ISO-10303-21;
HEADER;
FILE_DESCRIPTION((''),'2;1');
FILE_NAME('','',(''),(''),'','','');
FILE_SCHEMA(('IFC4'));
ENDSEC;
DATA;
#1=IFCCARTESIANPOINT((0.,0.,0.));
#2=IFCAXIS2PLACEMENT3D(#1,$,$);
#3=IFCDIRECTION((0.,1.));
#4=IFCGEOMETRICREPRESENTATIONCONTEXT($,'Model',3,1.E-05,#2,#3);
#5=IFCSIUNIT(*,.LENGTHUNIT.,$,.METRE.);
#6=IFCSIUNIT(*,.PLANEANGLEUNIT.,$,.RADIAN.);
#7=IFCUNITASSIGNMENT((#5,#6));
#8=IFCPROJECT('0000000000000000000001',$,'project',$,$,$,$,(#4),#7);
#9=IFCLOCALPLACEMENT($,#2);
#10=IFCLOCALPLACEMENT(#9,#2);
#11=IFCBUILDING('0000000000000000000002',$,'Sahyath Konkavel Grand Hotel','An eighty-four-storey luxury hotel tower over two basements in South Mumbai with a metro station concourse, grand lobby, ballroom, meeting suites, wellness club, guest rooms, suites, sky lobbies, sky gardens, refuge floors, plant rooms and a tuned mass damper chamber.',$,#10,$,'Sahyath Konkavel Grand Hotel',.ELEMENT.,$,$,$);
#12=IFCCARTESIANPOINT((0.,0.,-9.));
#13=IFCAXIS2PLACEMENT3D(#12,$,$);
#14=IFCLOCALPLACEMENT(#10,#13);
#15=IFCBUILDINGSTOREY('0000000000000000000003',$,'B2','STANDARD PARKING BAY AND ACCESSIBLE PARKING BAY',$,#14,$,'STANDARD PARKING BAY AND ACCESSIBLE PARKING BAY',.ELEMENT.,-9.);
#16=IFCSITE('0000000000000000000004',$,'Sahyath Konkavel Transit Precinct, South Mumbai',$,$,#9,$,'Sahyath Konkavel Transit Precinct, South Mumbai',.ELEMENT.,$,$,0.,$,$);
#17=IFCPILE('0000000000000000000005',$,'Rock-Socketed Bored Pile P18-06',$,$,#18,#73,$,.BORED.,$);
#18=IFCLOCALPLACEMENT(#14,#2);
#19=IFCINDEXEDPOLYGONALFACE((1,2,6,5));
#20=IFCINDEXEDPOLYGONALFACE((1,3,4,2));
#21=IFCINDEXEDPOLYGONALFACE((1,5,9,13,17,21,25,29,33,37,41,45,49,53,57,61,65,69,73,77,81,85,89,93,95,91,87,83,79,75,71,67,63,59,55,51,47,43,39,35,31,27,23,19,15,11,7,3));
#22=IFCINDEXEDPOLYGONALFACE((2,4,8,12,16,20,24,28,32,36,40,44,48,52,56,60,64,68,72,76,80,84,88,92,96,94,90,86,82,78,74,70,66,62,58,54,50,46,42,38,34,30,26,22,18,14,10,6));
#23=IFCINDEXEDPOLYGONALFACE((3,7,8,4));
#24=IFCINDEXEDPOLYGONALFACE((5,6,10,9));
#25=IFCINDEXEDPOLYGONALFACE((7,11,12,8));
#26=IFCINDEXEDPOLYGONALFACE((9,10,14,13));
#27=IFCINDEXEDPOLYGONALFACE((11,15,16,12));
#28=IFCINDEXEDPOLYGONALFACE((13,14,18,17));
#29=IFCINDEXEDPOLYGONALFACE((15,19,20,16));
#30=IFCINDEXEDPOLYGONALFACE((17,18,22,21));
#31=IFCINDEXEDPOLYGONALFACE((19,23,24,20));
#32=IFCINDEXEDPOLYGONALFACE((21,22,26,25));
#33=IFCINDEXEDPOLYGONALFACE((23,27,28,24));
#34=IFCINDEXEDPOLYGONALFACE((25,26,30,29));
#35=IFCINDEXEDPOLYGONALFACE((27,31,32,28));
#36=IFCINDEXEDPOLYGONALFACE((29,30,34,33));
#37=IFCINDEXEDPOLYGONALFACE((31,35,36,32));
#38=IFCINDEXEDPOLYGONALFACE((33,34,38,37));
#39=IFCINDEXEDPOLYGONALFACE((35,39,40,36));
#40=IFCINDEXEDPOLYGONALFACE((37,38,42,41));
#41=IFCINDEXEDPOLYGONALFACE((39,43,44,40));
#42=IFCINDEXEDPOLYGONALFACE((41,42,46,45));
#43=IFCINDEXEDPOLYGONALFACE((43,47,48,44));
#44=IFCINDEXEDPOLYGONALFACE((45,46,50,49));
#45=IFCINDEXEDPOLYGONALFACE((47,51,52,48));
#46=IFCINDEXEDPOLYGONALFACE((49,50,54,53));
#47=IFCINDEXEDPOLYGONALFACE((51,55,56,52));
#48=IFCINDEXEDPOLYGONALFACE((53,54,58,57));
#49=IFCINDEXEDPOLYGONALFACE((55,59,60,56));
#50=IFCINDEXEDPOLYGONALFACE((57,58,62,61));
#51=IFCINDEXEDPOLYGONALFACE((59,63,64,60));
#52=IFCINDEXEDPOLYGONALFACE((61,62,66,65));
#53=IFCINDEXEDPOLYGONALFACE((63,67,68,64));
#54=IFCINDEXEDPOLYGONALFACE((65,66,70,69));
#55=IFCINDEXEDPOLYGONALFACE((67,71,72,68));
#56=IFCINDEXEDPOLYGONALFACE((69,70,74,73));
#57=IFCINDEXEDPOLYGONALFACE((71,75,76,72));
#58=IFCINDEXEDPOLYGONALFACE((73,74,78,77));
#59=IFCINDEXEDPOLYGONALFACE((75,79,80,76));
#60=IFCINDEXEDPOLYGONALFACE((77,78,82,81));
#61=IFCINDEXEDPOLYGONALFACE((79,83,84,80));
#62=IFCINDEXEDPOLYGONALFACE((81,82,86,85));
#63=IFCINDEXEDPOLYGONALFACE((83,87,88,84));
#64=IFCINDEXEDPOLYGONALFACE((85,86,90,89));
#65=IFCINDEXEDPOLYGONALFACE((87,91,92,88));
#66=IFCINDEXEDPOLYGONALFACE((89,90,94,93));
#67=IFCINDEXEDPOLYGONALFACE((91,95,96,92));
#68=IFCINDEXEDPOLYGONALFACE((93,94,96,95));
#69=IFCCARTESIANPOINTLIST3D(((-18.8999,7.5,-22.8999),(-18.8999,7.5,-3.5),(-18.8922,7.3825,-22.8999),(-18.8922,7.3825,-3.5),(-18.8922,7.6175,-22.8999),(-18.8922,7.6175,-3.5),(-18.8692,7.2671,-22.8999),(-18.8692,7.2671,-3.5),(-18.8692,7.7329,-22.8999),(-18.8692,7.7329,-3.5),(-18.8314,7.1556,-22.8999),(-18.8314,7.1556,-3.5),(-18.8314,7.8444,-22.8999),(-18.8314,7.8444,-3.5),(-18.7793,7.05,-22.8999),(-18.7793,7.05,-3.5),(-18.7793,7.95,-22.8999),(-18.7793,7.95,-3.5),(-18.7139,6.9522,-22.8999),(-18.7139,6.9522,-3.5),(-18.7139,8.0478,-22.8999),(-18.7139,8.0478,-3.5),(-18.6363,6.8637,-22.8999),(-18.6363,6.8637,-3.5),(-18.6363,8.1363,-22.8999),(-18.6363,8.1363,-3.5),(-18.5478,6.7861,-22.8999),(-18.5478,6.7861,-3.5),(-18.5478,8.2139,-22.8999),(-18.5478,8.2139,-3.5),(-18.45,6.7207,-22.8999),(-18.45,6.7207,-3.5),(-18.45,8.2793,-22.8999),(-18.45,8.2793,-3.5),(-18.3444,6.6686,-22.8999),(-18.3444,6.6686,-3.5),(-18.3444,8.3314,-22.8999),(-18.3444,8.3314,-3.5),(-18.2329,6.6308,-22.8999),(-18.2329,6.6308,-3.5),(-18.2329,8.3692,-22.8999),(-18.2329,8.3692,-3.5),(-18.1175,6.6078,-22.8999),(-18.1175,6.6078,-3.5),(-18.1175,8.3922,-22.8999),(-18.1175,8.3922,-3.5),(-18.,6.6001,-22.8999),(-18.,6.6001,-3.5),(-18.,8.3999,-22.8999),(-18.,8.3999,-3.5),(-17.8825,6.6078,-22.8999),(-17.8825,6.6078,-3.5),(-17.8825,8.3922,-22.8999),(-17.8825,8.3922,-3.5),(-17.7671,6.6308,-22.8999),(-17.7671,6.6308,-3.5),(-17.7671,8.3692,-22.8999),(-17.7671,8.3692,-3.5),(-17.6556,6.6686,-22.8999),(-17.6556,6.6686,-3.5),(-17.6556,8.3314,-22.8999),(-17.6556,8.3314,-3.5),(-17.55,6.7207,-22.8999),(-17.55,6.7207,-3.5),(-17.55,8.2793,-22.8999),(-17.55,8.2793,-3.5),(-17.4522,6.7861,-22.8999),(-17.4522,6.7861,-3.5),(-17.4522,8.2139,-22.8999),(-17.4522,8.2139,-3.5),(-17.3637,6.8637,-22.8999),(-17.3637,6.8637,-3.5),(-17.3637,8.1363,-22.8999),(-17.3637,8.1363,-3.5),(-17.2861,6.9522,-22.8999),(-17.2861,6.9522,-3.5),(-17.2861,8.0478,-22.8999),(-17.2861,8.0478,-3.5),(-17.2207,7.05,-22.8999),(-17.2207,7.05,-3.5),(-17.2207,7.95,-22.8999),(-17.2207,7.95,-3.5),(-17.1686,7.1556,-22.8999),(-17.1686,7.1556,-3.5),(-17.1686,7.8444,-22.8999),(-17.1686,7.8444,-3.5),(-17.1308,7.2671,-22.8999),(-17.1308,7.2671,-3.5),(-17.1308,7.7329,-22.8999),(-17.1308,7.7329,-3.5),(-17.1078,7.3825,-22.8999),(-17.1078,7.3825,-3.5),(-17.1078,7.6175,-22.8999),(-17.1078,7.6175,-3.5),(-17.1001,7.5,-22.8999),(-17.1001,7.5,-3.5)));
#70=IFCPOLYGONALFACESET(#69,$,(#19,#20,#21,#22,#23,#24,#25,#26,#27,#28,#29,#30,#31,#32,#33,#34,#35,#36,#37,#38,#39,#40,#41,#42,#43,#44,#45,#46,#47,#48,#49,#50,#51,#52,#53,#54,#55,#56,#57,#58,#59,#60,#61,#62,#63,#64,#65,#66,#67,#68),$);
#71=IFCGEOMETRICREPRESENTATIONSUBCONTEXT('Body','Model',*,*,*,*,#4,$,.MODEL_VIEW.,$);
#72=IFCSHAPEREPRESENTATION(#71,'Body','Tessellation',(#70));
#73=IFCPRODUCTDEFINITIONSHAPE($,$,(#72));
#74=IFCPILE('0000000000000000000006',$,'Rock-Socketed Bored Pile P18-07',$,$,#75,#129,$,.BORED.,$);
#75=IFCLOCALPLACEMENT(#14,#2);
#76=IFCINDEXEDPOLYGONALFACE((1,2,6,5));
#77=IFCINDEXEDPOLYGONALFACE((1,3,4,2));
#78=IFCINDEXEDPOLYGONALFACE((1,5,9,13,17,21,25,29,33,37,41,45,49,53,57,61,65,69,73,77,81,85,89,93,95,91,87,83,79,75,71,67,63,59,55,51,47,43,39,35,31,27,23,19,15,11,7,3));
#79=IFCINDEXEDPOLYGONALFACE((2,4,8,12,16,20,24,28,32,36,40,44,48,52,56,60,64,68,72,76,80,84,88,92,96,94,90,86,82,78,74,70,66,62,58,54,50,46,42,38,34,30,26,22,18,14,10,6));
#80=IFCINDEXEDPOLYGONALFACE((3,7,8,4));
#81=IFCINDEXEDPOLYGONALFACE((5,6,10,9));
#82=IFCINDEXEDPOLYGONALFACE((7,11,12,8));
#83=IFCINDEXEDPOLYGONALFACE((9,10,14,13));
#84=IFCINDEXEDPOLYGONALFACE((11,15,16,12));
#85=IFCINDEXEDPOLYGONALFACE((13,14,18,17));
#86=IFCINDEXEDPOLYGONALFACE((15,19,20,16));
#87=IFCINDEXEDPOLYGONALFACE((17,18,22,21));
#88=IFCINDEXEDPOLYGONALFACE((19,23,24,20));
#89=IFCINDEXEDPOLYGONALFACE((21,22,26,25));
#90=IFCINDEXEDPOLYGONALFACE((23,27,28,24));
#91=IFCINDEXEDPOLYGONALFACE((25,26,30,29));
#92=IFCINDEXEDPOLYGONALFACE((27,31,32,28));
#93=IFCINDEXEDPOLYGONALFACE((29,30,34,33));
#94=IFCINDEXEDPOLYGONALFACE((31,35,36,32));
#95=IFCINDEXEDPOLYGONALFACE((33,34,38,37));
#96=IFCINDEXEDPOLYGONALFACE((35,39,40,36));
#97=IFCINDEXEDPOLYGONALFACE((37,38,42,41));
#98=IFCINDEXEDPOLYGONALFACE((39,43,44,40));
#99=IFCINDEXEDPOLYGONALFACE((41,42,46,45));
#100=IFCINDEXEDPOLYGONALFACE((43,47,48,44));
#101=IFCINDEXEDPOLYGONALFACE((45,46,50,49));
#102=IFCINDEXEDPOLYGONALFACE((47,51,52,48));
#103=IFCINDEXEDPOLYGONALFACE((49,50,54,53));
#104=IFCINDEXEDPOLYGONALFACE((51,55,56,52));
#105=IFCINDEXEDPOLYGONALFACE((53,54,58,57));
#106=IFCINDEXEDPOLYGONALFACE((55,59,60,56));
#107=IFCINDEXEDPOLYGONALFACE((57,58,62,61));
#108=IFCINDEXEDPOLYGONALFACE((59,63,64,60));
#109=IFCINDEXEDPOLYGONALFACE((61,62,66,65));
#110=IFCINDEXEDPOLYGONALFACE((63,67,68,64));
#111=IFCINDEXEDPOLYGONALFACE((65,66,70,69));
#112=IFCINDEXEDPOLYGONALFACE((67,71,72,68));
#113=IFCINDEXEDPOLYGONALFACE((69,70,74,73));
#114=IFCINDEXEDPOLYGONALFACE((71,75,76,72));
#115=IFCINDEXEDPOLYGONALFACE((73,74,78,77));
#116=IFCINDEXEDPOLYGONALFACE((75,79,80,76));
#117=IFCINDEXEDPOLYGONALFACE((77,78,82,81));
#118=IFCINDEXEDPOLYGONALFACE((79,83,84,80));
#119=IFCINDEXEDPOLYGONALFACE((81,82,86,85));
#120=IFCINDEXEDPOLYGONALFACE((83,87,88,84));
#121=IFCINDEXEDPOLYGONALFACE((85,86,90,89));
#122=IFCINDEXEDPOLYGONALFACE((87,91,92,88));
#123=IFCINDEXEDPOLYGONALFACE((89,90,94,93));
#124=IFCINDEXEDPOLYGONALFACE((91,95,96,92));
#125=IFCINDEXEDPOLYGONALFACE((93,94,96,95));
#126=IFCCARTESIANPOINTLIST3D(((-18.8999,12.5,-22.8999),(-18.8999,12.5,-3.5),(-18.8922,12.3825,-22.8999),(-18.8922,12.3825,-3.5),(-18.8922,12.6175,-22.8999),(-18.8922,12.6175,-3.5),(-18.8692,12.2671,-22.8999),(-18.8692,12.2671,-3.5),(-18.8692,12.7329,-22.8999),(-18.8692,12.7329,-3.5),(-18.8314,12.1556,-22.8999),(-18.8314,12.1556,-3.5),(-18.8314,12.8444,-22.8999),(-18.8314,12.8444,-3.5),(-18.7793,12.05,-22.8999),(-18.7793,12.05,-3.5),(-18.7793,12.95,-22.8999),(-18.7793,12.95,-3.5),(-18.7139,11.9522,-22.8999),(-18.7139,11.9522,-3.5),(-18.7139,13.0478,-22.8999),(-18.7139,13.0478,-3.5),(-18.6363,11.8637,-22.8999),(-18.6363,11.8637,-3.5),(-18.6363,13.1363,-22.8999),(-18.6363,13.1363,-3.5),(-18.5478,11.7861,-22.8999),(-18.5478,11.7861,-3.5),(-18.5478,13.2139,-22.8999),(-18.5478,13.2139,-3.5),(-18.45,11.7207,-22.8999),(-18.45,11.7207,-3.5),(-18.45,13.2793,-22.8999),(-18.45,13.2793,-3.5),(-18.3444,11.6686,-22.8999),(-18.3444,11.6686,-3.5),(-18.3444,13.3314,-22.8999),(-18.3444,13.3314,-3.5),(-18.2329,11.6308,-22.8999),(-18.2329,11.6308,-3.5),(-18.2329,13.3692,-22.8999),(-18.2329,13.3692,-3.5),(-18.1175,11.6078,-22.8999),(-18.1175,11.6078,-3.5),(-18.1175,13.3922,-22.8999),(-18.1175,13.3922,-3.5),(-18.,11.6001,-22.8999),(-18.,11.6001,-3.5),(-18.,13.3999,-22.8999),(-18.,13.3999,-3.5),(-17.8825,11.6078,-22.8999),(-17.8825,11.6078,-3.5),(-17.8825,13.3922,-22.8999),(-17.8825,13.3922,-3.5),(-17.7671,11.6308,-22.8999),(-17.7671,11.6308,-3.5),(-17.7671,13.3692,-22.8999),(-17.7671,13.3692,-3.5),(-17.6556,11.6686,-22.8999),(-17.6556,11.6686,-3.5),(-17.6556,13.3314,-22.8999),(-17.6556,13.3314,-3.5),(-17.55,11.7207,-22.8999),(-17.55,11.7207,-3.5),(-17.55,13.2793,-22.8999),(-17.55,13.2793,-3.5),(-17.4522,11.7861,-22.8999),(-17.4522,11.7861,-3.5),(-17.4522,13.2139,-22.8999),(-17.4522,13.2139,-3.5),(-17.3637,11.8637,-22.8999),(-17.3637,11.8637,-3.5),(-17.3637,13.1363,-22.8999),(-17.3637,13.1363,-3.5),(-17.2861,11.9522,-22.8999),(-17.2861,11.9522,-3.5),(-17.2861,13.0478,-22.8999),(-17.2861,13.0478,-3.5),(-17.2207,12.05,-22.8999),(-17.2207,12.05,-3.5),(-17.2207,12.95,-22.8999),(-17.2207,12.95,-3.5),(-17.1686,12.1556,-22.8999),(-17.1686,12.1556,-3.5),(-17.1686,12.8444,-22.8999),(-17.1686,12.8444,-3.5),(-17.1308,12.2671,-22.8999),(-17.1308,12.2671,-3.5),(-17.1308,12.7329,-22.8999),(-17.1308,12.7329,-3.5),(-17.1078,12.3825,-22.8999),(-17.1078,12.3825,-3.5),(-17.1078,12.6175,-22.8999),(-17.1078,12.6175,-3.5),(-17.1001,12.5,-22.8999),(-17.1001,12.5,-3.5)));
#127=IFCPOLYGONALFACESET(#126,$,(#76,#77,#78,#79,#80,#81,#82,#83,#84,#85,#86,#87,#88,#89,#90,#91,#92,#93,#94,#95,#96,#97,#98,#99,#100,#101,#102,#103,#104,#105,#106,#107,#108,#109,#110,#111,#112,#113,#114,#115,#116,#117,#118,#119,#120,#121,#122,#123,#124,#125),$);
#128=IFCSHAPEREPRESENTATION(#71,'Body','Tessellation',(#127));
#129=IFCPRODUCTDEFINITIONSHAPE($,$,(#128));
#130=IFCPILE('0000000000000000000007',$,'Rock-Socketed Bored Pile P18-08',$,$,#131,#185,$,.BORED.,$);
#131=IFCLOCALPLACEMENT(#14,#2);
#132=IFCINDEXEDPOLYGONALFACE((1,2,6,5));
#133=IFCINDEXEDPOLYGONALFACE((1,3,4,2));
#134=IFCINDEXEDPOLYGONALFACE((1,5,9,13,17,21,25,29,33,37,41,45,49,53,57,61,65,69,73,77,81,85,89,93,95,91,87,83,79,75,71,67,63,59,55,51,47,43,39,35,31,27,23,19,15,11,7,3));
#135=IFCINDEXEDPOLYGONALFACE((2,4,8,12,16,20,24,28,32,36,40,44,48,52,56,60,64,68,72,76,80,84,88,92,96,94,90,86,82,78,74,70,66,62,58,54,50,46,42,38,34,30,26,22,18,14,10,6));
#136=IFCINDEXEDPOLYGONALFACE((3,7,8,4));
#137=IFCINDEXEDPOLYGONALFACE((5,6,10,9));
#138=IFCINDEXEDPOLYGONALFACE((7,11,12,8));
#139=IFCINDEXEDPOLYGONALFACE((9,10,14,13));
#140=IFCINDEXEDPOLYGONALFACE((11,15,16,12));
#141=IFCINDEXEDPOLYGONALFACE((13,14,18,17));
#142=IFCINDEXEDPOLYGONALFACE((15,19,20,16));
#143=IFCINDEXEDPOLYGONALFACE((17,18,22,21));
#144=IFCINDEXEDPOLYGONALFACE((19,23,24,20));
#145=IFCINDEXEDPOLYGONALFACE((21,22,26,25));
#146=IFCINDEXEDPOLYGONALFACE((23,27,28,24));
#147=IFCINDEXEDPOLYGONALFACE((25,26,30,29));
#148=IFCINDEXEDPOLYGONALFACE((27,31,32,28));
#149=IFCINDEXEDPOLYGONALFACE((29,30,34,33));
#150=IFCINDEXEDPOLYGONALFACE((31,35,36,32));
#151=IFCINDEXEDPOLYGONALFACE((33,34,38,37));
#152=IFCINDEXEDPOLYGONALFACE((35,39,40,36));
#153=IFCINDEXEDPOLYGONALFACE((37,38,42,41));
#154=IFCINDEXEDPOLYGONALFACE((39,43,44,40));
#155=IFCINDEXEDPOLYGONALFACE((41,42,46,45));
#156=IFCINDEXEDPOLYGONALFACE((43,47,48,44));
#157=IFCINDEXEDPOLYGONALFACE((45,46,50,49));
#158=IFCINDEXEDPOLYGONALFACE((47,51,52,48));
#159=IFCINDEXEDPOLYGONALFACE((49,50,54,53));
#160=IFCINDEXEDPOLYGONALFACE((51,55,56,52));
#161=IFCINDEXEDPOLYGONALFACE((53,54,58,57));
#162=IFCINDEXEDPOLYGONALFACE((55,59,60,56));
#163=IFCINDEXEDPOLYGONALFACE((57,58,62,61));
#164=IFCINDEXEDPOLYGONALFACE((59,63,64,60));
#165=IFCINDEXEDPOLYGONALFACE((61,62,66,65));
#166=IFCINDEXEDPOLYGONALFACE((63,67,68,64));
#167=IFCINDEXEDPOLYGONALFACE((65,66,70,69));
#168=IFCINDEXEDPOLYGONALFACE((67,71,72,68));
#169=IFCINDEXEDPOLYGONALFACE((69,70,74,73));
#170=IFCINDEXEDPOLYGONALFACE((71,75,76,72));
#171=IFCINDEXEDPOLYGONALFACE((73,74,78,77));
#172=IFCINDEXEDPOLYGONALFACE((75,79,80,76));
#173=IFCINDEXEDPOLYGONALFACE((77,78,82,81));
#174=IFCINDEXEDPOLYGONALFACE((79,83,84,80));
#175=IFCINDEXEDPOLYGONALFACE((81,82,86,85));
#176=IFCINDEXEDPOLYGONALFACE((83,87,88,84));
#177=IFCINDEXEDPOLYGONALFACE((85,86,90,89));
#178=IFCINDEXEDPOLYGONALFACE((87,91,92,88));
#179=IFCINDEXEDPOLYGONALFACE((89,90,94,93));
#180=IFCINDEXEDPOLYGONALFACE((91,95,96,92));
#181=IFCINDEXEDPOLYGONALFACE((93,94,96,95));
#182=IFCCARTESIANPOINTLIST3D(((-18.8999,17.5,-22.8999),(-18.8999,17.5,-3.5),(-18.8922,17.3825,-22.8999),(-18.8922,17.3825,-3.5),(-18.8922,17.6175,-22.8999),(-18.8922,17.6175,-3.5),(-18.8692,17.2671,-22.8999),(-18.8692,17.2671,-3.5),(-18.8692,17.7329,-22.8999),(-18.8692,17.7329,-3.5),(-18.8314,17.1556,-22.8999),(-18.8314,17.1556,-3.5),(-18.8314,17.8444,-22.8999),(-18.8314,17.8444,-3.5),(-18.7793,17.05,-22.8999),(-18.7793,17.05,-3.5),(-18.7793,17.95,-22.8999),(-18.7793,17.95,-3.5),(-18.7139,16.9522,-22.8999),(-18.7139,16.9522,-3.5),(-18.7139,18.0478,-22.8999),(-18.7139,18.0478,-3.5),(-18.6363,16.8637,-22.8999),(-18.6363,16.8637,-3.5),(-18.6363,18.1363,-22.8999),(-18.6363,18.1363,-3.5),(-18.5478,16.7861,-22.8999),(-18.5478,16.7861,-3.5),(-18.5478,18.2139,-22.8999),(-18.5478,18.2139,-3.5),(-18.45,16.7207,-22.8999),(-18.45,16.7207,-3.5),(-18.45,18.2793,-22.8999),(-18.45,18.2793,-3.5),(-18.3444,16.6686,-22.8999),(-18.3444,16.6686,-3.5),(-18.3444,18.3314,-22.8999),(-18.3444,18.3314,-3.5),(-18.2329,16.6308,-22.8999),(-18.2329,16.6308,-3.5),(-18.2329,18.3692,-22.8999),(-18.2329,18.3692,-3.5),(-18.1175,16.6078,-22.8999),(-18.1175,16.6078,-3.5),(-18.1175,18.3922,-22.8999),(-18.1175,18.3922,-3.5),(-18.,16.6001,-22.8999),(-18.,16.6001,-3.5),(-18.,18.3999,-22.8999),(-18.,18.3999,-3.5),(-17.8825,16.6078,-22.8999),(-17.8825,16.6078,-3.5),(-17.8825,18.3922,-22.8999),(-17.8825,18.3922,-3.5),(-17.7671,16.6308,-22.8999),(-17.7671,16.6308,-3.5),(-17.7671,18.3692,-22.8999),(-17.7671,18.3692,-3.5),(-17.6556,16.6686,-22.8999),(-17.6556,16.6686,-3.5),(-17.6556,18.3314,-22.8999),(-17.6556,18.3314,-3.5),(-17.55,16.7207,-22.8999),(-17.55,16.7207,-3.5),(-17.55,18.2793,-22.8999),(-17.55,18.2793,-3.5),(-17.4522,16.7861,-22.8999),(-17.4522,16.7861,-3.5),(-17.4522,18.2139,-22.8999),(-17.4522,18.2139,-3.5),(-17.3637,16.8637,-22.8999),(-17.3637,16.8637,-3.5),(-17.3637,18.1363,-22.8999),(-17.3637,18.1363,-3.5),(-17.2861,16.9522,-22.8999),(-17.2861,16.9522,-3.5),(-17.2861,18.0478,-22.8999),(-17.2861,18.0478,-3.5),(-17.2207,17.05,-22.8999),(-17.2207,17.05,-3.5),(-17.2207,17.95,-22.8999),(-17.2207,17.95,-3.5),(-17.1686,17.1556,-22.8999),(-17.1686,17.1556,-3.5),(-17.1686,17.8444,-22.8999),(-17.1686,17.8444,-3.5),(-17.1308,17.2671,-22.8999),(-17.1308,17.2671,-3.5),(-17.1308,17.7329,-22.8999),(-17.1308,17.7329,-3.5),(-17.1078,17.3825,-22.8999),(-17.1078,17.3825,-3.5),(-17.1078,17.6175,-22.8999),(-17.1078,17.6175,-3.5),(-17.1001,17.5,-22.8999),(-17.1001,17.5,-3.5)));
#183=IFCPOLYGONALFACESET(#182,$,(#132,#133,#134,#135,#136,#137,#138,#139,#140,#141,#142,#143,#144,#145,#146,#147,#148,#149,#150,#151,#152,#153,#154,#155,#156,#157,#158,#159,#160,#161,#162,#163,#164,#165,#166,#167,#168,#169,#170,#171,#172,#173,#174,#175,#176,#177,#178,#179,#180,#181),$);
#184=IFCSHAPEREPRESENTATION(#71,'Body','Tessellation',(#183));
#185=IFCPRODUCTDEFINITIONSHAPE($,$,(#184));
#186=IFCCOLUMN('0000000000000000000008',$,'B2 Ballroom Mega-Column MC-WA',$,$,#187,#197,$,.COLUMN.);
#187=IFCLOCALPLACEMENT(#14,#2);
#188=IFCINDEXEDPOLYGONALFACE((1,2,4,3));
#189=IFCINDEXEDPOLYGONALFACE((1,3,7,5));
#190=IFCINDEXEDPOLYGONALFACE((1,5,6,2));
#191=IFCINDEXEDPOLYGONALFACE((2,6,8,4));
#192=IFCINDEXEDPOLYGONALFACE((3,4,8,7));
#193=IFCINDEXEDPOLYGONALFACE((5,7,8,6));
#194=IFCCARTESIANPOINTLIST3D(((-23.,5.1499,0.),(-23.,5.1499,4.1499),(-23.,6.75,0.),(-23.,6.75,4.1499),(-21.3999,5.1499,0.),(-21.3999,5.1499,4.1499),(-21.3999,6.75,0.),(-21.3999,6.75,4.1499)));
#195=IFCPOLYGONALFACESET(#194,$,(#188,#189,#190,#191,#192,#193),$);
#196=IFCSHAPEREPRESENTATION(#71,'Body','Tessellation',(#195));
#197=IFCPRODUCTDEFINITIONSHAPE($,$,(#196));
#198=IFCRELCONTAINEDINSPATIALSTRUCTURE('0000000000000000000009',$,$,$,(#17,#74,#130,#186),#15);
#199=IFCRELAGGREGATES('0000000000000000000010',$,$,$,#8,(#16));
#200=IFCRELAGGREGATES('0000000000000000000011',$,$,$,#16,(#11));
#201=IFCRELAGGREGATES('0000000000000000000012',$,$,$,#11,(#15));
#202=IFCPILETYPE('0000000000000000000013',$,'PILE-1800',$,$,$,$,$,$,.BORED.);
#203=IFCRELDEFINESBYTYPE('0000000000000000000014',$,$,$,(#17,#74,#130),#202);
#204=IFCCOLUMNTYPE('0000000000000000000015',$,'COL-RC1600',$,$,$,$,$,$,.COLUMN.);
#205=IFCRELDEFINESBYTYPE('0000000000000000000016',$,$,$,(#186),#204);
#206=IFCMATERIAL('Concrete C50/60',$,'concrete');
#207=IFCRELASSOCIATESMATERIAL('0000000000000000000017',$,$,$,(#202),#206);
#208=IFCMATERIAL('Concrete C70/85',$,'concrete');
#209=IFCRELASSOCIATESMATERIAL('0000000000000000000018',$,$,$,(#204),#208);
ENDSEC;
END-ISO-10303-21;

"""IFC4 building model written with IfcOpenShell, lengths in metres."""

from ifc_helpers import new_model, si_unit, direction, frame, origin, origin_2d, place, context, subcontext, project, spatial, rectangle, circle, extrude, source, transform, mapped, material, material_profile, profile_set, type_object, element, save


model = new_model("IFC4")

# Units and contexts
model_context = context("Model", 3, precision=1e-05, world=origin(), true_north=direction((0.0, 1.0)))
body_context = subcontext(model_context, "Body", "Model", "MODEL_VIEW")
ifc_project = project(units=[si_unit("LENGTHUNIT", "METRE"), si_unit("PLANEANGLEUNIT", "RADIAN")], contexts=[model_context])

# Site, building, storey
site_placement = place(None, origin())
site = spatial("IfcSite", under=ifc_project, at=site_placement, Name="Sahyath Konkavel Transit Precinct, South Mumbai", LongName="Sahyath Konkavel Transit Precinct, South Mumbai", CompositionType="ELEMENT", RefElevation=0.0)
building_placement = place(site_placement, origin())
building = spatial("IfcBuilding", under=site, at=building_placement, Name="Sahyath Konkavel Grand Hotel", Description="An eighty-four-storey luxury hotel tower over two basements in South Mumbai with a metro station concourse, grand lobby, ballroom, meeting suites, wellness club, guest rooms, suites, sky lobbies, sky gardens, refuge floors, plant rooms and a tuned mass damper chamber.", LongName="Sahyath Konkavel Grand Hotel", CompositionType="ELEMENT")
storey_placement = place(building_placement, frame((0.0, 0.0, -9.0)))
storey = spatial("IfcBuildingStorey", under=building, at=storey_placement, Name="B2", Description="STANDARD PARKING BAY AND ACCESSIBLE PARKING BAY", LongName="STANDARD PARKING BAY AND ACCESSIBLE PARKING BAY", CompositionType="ELEMENT", Elevation=-9.0)

# Piles
ifc_material_1 = material(Name="Concrete C50/60", Category="concrete")
ifc_material_profile_1 = material_profile(ifc_material_1, circle(Radius=0.8999, at=origin_2d()), Name="PILE D1800")
ifc_profile_set_1 = profile_set([ifc_material_profile_1], Name="Concrete C50/60")
pile_type_1 = type_object("IfcPileType", Name="PILE-1800", PredefinedType="BORED", material=ifc_profile_set_1)
for number, where, z_axis, x_axis, name in (
    (1, (-18.0, 7.5, -3.5), (0.0, 0.0, -1.0), (1.0, 0.0, 0.0), "Rock-Socketed Bored Pile P18-06"),
    (2, (-18.0, 12.5, -3.5), (0.0, 0.0, -1.0), (1.0, 0.0, 0.0), "Rock-Socketed Bored Pile P18-07"),
    (3, (-18.0, 17.5, -3.5), (0.0, 0.0, -1.0), (1.0, 0.0, 0.0), "Rock-Socketed Bored Pile P18-08"),
):
    element("IfcPile", number, at=place(storey_placement, frame(where, z_axis=z_axis, x_axis=x_axis)), inside=storey, type_object=pile_type_1, Name=name, PredefinedType="BORED", context=body_context, shape_type="SweptSolid", body=[
        extrude(circle(Radius=0.8999, at=origin_2d()), origin(), (0.0, 0.0, 1.0), 19.3999),
    ])

# Column
ifc_material_2 = material(Name="Concrete C70/85", Category="concrete")
ifc_material_profile_2 = material_profile(ifc_material_2, rectangle(XDim=1.6001, YDim=1.6001, at=origin_2d()), Name="RC 1600x1600")
ifc_profile_set_2 = profile_set([ifc_material_profile_2], Name="Concrete C70/85")
column_type_1 = type_object("IfcColumnType", Name="COL-RC1600", PredefinedType="COLUMN", material=ifc_profile_set_2)
shared_shape_1 = source(origin(), body_context, "Body", "SweptSolid", [
    extrude(rectangle(XDim=1.6001, YDim=1.6001, at=origin_2d()), origin(), (0.0, 0.0, 1.0), 4.1499),
])
column_1_placement = place(storey_placement, frame((-22.2, 5.95, 0.0), z_axis=(0.0, 0.0, 1.0), x_axis=(1.0, 0.0, 0.0)))
element("IfcColumn", 4, at=column_1_placement, inside=storey, type_object=column_type_1, Name="B2 Ballroom Mega-Column MC-WA", PredefinedType="COLUMN", context=body_context, shape_type="MappedRepresentation", body=[
    mapped(shared_shape_1, transform((0.0, 0.0, 0.0), scale=1.0)),
])

save(model, "model.ifc")
